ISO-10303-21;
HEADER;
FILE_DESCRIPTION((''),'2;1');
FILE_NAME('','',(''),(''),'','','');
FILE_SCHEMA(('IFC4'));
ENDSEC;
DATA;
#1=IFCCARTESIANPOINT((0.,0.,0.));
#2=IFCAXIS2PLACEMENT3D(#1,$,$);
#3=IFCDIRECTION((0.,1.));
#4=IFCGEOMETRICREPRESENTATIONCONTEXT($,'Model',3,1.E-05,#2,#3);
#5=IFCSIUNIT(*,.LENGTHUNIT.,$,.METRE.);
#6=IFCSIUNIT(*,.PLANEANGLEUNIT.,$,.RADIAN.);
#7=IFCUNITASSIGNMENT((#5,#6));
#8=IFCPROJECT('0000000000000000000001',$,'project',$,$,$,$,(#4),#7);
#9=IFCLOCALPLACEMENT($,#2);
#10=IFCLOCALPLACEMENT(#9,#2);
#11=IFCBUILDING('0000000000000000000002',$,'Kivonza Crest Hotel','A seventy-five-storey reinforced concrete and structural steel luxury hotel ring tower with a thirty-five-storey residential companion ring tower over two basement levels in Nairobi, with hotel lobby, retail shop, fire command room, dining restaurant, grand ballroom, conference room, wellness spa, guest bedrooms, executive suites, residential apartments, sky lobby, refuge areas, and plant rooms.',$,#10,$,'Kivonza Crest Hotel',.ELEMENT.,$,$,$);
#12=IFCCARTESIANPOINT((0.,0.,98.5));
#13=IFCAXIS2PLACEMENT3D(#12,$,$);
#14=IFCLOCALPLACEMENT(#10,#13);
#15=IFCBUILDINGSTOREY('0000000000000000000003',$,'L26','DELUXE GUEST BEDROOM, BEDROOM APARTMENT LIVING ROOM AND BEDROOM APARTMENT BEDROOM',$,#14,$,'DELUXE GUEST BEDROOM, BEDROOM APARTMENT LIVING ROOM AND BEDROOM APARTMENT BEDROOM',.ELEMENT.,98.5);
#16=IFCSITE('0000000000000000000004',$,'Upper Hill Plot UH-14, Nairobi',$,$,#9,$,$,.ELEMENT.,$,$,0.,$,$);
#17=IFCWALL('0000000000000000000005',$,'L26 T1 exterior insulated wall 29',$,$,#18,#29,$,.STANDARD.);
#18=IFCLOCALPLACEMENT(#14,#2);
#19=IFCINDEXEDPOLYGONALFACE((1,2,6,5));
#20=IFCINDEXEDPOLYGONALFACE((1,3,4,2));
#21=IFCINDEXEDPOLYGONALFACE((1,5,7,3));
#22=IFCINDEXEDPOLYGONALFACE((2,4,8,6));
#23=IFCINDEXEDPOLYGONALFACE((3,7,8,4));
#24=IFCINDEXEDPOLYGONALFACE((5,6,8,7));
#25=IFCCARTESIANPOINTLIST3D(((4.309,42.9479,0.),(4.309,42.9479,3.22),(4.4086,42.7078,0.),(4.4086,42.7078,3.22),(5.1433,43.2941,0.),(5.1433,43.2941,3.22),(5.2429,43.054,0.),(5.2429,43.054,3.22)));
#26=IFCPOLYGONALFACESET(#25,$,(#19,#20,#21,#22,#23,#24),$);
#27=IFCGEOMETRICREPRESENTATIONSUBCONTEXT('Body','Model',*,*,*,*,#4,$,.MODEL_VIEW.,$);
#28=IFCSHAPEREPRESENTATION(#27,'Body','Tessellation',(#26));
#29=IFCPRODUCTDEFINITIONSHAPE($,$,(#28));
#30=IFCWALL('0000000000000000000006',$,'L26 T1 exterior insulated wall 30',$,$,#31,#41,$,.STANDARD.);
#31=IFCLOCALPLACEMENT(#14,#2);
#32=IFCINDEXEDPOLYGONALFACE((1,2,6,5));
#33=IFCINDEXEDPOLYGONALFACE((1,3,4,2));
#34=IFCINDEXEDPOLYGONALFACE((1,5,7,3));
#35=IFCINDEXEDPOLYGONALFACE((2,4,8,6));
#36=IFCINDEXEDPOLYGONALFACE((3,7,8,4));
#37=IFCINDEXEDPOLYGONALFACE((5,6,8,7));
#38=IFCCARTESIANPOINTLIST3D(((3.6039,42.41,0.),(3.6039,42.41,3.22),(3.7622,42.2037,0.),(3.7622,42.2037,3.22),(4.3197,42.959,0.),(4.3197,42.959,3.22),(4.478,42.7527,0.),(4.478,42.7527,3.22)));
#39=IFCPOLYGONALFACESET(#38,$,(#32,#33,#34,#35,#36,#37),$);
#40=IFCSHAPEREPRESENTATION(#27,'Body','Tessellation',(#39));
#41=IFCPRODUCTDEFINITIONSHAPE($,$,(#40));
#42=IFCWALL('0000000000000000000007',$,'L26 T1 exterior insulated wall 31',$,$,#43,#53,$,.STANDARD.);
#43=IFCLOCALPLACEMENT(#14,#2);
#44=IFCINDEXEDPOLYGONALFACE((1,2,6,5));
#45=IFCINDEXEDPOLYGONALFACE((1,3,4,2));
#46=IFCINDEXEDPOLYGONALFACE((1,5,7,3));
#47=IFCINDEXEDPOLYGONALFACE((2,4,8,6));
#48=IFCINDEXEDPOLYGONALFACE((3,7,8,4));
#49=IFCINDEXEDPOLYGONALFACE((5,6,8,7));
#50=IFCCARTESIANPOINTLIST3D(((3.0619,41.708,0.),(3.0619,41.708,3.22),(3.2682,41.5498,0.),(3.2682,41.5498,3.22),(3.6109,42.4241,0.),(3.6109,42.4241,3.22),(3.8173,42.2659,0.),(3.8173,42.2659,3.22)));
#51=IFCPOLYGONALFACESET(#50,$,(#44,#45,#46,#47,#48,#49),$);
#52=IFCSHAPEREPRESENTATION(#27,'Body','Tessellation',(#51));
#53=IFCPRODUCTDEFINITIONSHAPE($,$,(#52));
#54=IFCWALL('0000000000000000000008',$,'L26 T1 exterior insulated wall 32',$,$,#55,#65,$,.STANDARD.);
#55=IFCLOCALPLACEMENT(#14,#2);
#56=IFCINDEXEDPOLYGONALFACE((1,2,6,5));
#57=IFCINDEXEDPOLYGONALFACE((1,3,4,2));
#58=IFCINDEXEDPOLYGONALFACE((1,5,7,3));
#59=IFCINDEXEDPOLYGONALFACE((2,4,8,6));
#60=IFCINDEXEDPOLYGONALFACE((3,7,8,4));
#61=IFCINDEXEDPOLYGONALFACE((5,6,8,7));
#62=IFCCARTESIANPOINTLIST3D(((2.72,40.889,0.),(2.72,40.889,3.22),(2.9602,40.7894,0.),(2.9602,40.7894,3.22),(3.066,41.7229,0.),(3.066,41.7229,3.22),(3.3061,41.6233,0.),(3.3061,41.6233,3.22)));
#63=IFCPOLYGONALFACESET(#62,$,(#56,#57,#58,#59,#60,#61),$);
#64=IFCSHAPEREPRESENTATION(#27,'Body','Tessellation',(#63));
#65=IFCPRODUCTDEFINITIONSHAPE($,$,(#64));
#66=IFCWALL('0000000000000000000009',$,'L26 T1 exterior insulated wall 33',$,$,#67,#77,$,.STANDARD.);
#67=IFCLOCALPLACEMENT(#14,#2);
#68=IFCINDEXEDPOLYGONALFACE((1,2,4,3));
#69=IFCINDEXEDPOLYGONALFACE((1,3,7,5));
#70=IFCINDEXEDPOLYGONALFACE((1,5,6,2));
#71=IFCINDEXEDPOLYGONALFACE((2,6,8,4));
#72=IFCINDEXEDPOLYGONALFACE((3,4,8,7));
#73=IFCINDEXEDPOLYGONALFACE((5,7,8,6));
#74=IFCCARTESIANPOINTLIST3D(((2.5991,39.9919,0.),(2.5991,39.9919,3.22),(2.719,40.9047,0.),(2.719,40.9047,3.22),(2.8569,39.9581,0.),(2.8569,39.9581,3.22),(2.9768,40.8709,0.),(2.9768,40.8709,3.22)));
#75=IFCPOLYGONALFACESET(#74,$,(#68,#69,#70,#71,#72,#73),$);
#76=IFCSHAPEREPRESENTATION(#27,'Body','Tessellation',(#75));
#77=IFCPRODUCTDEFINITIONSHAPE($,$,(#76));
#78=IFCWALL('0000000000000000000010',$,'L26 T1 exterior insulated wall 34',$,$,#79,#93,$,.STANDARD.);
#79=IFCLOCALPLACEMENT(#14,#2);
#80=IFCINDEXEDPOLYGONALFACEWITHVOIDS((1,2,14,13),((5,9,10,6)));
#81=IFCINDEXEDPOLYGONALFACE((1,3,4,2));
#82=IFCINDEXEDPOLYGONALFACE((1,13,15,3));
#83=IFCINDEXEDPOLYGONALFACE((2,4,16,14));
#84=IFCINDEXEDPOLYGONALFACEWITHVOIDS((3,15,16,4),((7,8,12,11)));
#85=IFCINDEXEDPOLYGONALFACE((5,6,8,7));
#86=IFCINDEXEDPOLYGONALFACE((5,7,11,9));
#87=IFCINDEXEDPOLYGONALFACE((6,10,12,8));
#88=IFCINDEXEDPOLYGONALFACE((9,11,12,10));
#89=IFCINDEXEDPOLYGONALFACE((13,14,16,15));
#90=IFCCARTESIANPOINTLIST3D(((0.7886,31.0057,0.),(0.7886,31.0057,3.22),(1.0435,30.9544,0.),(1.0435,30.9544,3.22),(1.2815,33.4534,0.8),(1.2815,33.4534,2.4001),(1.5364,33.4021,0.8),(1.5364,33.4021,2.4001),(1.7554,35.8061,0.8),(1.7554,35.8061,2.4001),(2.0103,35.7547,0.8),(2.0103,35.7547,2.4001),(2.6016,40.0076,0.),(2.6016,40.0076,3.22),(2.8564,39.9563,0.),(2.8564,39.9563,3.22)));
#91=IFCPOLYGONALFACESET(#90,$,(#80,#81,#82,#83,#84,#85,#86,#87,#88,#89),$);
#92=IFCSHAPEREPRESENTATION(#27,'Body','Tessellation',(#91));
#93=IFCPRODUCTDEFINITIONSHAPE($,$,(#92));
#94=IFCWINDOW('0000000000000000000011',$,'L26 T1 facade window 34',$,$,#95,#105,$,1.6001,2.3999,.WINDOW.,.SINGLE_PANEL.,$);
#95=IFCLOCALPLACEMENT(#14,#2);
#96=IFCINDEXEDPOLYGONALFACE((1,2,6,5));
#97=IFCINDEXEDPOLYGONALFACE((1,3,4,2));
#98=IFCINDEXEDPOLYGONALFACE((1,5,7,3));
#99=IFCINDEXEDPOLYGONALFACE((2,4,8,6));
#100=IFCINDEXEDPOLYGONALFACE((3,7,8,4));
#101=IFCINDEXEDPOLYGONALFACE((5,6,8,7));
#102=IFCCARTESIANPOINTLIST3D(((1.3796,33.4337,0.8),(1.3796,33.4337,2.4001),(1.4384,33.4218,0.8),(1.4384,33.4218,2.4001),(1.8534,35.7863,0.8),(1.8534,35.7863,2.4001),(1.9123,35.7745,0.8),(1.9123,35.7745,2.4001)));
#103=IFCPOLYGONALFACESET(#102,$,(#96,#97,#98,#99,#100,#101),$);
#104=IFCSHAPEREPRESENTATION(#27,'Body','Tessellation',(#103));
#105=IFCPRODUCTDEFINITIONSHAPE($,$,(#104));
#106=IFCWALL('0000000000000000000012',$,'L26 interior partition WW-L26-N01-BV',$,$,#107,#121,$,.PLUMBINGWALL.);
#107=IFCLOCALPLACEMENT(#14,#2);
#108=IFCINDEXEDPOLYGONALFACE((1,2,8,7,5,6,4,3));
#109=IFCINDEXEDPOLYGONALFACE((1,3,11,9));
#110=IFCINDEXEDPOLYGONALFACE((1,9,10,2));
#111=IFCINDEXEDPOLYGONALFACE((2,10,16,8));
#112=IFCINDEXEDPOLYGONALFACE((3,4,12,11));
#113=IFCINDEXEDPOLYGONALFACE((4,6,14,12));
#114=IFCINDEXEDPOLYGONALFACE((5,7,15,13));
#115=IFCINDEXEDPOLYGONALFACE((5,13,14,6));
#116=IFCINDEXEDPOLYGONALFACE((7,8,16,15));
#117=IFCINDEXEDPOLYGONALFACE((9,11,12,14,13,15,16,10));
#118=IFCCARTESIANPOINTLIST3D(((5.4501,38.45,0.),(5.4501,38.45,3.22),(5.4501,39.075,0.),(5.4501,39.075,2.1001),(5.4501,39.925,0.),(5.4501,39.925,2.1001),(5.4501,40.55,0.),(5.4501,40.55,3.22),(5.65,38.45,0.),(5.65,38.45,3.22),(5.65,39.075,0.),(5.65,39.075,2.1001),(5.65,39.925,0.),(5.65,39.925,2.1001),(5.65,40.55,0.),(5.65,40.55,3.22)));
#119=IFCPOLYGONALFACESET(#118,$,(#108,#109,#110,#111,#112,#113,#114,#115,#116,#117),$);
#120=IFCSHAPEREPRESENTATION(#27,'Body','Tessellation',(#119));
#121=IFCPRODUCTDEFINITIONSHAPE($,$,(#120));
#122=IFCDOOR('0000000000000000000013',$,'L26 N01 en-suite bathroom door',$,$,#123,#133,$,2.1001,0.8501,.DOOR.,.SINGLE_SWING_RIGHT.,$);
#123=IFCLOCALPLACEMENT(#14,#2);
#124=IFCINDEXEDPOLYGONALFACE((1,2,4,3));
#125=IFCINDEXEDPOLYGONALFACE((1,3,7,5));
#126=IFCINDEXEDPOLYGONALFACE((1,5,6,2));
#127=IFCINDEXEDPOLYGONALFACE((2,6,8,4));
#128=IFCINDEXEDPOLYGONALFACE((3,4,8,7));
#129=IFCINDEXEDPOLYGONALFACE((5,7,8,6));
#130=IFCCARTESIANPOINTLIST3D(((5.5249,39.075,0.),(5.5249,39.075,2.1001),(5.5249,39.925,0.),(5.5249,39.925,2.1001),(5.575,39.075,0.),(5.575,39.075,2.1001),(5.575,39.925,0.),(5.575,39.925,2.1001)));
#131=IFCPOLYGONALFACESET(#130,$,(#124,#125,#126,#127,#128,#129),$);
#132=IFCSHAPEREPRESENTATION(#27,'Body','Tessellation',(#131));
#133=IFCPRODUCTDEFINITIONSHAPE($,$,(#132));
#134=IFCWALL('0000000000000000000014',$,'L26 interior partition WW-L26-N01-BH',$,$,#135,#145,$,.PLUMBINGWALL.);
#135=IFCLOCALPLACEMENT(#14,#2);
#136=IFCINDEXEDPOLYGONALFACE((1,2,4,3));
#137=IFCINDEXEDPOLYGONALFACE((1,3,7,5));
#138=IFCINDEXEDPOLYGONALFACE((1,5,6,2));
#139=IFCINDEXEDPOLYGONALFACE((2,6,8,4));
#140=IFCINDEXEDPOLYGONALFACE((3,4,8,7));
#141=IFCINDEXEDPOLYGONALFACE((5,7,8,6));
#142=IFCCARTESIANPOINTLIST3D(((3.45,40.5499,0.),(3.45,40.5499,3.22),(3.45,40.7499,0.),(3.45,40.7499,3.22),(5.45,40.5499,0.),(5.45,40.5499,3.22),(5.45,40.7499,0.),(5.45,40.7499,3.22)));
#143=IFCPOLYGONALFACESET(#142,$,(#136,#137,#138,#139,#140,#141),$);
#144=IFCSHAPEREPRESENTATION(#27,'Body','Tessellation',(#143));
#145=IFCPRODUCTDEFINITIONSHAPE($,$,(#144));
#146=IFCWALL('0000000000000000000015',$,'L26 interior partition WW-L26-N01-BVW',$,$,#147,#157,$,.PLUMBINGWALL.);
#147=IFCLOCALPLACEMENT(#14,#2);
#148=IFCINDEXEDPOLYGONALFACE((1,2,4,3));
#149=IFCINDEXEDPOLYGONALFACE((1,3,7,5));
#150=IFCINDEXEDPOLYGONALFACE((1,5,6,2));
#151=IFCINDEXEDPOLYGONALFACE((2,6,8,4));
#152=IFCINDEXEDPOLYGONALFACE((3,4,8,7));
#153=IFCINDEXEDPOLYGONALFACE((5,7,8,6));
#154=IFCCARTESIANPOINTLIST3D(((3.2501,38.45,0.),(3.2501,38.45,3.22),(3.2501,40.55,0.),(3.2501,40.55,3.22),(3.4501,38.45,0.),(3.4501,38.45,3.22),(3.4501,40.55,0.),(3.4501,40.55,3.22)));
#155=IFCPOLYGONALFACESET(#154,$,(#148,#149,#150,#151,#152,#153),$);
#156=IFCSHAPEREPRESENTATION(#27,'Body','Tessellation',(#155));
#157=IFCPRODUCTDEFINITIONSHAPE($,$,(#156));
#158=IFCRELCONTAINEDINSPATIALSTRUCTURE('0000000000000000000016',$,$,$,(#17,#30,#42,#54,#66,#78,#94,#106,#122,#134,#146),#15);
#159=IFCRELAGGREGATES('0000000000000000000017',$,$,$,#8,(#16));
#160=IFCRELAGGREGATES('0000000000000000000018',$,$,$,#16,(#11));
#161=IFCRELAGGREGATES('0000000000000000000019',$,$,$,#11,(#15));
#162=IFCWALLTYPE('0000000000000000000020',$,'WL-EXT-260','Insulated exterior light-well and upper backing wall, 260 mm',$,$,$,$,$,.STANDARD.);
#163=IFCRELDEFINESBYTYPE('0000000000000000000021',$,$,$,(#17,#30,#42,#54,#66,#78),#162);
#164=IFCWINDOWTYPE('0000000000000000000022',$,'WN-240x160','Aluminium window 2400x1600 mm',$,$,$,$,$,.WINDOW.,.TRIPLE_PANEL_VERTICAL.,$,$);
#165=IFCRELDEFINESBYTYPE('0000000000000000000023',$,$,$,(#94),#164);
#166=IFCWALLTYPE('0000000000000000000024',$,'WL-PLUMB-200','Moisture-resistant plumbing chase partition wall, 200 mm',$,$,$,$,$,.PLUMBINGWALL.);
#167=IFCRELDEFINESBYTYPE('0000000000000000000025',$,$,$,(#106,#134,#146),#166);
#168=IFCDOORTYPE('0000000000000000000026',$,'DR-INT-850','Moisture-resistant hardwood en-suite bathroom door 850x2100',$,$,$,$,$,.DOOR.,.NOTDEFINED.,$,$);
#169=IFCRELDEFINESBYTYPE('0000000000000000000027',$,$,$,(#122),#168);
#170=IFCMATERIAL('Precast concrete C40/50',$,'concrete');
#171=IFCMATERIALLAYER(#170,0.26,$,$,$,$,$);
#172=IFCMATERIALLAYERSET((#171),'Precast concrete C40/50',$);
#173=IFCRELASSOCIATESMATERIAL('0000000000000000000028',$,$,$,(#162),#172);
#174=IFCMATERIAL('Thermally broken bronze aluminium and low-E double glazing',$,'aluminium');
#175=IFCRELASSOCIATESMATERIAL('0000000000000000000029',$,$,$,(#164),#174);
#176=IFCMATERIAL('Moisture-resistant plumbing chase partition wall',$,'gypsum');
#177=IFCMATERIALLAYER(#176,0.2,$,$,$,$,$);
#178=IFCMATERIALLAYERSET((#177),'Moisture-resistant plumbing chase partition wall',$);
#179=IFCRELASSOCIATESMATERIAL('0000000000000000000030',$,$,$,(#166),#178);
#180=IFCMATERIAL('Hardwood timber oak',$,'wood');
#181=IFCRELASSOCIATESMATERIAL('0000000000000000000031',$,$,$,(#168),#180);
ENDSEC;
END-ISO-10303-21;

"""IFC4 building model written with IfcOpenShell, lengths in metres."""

from ifc_helpers import new_model, si_unit, direction, frame, frame_2d, origin, place, context, subcontext, project, spatial, rectangle, extrude, material, layer, layer_set, type_object, element, fill, save


model = new_model("IFC4")

# Units and contexts
model_context = context("Model", 3, precision=1e-05, world=origin(), true_north=direction((0.0, 1.0)))
body_context = subcontext(model_context, "Body", "Model", "MODEL_VIEW")
ifc_project = project(units=[si_unit("LENGTHUNIT", "METRE"), si_unit("PLANEANGLEUNIT", "RADIAN")], contexts=[model_context])

# Site, building, storey
site_placement = place(None, origin())
site = spatial("IfcSite", under=ifc_project, at=site_placement, Name="Upper Hill Plot UH-14, Nairobi", CompositionType="ELEMENT", RefElevation=0.0)
building_placement = place(site_placement, origin())
building = spatial("IfcBuilding", under=site, at=building_placement, Name="Kivonza Crest Hotel", Description="A seventy-five-storey reinforced concrete and structural steel luxury hotel ring tower with a thirty-five-storey residential companion ring tower over two basement levels in Nairobi, with hotel lobby, retail shop, fire command room, dining restaurant, grand ballroom, conference room, wellness spa, guest bedrooms, executive suites, residential apartments, sky lobby, refuge areas, and plant rooms.", LongName="Kivonza Crest Hotel", CompositionType="ELEMENT")
storey_placement = place(building_placement, frame((0.0, 0.0, 98.5)))
storey = spatial("IfcBuildingStorey", under=building, at=storey_placement, Name="L26", Description="DELUXE GUEST BEDROOM, BEDROOM APARTMENT LIVING ROOM AND BEDROOM APARTMENT BEDROOM", LongName="DELUXE GUEST BEDROOM, BEDROOM APARTMENT LIVING ROOM AND BEDROOM APARTMENT BEDROOM", CompositionType="ELEMENT", Elevation=98.5)

# Shared definitions
ifc_material_1 = material(Name="Hardwood timber oak", Category="wood")

# Walls
ifc_material_2 = material(Name="Precast concrete C40/50", Category="concrete")
ifc_layer_1 = layer(ifc_material_2, 0.26)
ifc_layer_set_1 = layer_set([ifc_layer_1], Name="Precast concrete C40/50")
wall_type_1 = type_object("IfcWallType", Name="WL-EXT-260", Description="Insulated exterior light-well and upper backing wall, 260 mm", PredefinedType="STANDARD", material=ifc_layer_set_1)
wall_1_placement = place(storey_placement, frame((5.1931, 43.1741, 0.0), z_axis=(0.0, 0.0, 1.0), x_axis=(-0.923628, -0.383291, 0.0)))
element("IfcWall", 1, at=wall_1_placement, inside=storey, type_object=wall_type_1, Name="L26 T1 exterior insulated wall 29", PredefinedType="STANDARD", context=body_context, shape_type="SweptSolid", body=[
    extrude(rectangle(XDim=0.9033, YDim=0.26, at=frame_2d((0.4517, 0.0))), origin(), (0.0, 0.0, 1.0), 3.22),
])
wall_2_placement = place(storey_placement, frame((4.3989, 42.856, 0.0), z_axis=(0.0, 0.0, 1.0), x_axis=(-0.793458, -0.608625, 0.0)))
element("IfcWall", 2, at=wall_2_placement, inside=storey, type_object=wall_type_1, Name="L26 T1 exterior insulated wall 30", PredefinedType="STANDARD", context=body_context, shape_type="SweptSolid", body=[
    extrude(rectangle(XDim=0.9021, YDim=0.26, at=frame_2d((0.4512, 0.0))), origin(), (0.0, 0.0, 1.0), 3.22),
])
wall_3_placement = place(storey_placement, frame((3.7141, 42.345, 0.0), z_axis=(0.0, 0.0, 1.0), x_axis=(-0.608494, -0.793558, 0.0)))
element("IfcWall", 3, at=wall_3_placement, inside=storey, type_object=wall_type_1, Name="L26 T1 exterior insulated wall 31", PredefinedType="STANDARD", context=body_context, shape_type="SweptSolid", body=[
    extrude(rectangle(XDim=0.9023, YDim=0.26, at=frame_2d((0.4512, 0.0))), origin(), (0.0, 0.0, 1.0), 3.22),
])
wall_4_placement = place(storey_placement, frame((3.186, 41.6731, 0.0), z_axis=(0.0, 0.0, 1.0), x_axis=(-0.383156, -0.923684, 0.0)))
element("IfcWall", 4, at=wall_4_placement, inside=storey, type_object=wall_type_1, Name="L26 T1 exterior insulated wall 32", PredefinedType="STANDARD", context=body_context, shape_type="SweptSolid", body=[
    extrude(rectangle(XDim=0.9028, YDim=0.26, at=frame_2d((0.4514, 0.0))), origin(), (0.0, 0.0, 1.0), 3.22),
])
wall_5_placement = place(storey_placement, frame((2.8479, 40.8879, 0.0), z_axis=(0.0, 0.0, 1.0), x_axis=(-0.130201, -0.991488, 0.0)))
element("IfcWall", 5, at=wall_5_placement, inside=storey, type_object=wall_type_1, Name="L26 T1 exterior insulated wall 33", PredefinedType="STANDARD", context=body_context, shape_type="SweptSolid", body=[
    extrude(rectangle(XDim=0.9207, YDim=0.26, at=frame_2d((0.4604, 0.0))), origin(), (0.0, 0.0, 1.0), 3.22),
])

# Wall, opening, window
wall_6_placement = place(storey_placement, frame((2.729, 39.9819, 0.0), z_axis=(0.0, 0.0, 1.0), x_axis=(-0.197435, -0.980316, 0.0)))
wall_6 = element("IfcWall", 6, at=wall_6_placement, inside=storey, type_object=wall_type_1, Name="L26 T1 exterior insulated wall 34", PredefinedType="STANDARD", context=body_context, shape_type="SweptSolid", body=[
    extrude(rectangle(XDim=9.1826, YDim=0.26, at=frame_2d((4.5913, 0.0))), origin(), (0.0, 0.0, 1.0), 3.22),
])
opening_1_placement = place(wall_6_placement, frame((4.2859, 0.0, 0.8)))
opening_1 = element("IfcOpeningElement", 7, at=opening_1_placement, cuts=wall_6, PredefinedType="OPENING", context=body_context, shape_type="SweptSolid", body=[
    extrude(rectangle(XDim=2.3999, YDim=1.6001, at=frame_2d((1.2, 0.8))), frame((0.0, 0.1401, 0.0), z_axis=(0.0, -1.0, 0.0), x_axis=(1.0, 0.0, 0.0)), (0.0, 0.0, 1.0), 0.28),
])
ifc_material_3 = material(Name="Thermally broken bronze aluminium and low-E double glazing", Category="aluminium")
window_type = type_object("IfcWindowType", Name="WN-240x160", Description="Aluminium window 2400x1600 mm", PartitioningType="TRIPLE_PANEL_VERTICAL", PredefinedType="WINDOW", material=ifc_material_3)
window_placement = place(opening_1_placement, origin())
window = element("IfcWindow", 8, at=window_placement, inside=storey, type_object=window_type, Name="L26 T1 facade window 34", OverallHeight=1.6001, OverallWidth=2.3999, PartitioningType="SINGLE_PANEL", PredefinedType="WINDOW", context=body_context, shape_type="SweptSolid", body=[
    extrude(rectangle(XDim=2.3999, YDim=1.6001, at=frame_2d((1.2, 0.8))), frame((0.0, 0.03, 0.0), z_axis=(0.0, -1.0, 0.0), x_axis=(1.0, 0.0, 0.0)), (0.0, 0.0, 1.0), 0.0601),
])
fill(opening_1, window)

# Wall, opening, door
ifc_material_4 = material(Name="Moisture-resistant plumbing chase partition wall", Category="gypsum")
ifc_layer_2 = layer(ifc_material_4, 0.2)
ifc_layer_set_2 = layer_set([ifc_layer_2], Name="Moisture-resistant plumbing chase partition wall")
wall_type_2 = type_object("IfcWallType", Name="WL-PLUMB-200", Description="Moisture-resistant plumbing chase partition wall, 200 mm", PredefinedType="PLUMBINGWALL", material=ifc_layer_set_2)
wall_7_placement = place(storey_placement, frame((5.55, 38.45, 0.0), z_axis=(0.0, 0.0, 1.0), x_axis=(0.0, 1.0, 0.0)))
wall_7 = element("IfcWall", 9, at=wall_7_placement, inside=storey, type_object=wall_type_2, Name="L26 interior partition WW-L26-N01-BV", PredefinedType="PLUMBINGWALL", context=body_context, shape_type="SweptSolid", body=[
    extrude(rectangle(XDim=2.1001, YDim=0.2, at=frame_2d((1.05, 0.0))), origin(), (0.0, 0.0, 1.0), 3.22),
])
opening_2_placement = place(wall_7_placement, frame((0.625, 0.0, 0.0)))
opening_2 = element("IfcOpeningElement", 10, at=opening_2_placement, cuts=wall_7, PredefinedType="OPENING", context=body_context, shape_type="SweptSolid", body=[
    extrude(rectangle(XDim=0.8501, YDim=2.1001, at=frame_2d((0.425, 1.05))), frame((0.0, 0.1099, 0.0), z_axis=(0.0, -1.0, 0.0), x_axis=(1.0, 0.0, 0.0)), (0.0, 0.0, 1.0), 0.22),
])
door_type_1 = type_object("IfcDoorType", Name="DR-INT-850", Description="Moisture-resistant hardwood en-suite bathroom door 850x2100", OperationType="NOTDEFINED", PredefinedType="DOOR", material=ifc_material_1)
door_1_placement = place(opening_2_placement, frame((0.8501, 0.0, 0.0), z_axis=(0.0, 0.0, 1.0), x_axis=(-1.0, 0.0, 0.0)))
door_1 = element("IfcDoor", 11, at=door_1_placement, inside=storey, type_object=door_type_1, Name="L26 N01 en-suite bathroom door", OperationType="SINGLE_SWING_RIGHT", OverallHeight=2.1001, OverallWidth=0.8501, PredefinedType="DOOR", context=body_context, shape_type="SweptSolid", body=[
    extrude(rectangle(XDim=0.8501, YDim=2.1001, at=frame_2d((0.425, 1.05))), frame((0.0, 0.0249, 0.0), z_axis=(0.0, -1.0, 0.0), x_axis=(1.0, 0.0, 0.0)), (0.0, 0.0, 1.0), 0.05),
])
fill(opening_2, door_1)

# Walls
wall_8_placement = place(storey_placement, frame((3.45, 40.6499, 0.0), z_axis=(0.0, 0.0, 1.0), x_axis=(1.0, 0.0, 0.0)))
element("IfcWall", 12, at=wall_8_placement, inside=storey, type_object=wall_type_2, Name="L26 interior partition WW-L26-N01-BH", PredefinedType="PLUMBINGWALL", context=body_context, shape_type="SweptSolid", body=[
    extrude(rectangle(XDim=2.0, YDim=0.2, at=frame_2d((1.0, 0.0))), origin(), (0.0, 0.0, 1.0), 3.22),
])
wall_9_placement = place(storey_placement, frame((3.3501, 38.45, 0.0), z_axis=(0.0, 0.0, 1.0), x_axis=(0.0, 1.0, 0.0)))
element("IfcWall", 13, at=wall_9_placement, inside=storey, type_object=wall_type_2, Name="L26 interior partition WW-L26-N01-BVW", PredefinedType="PLUMBINGWALL", context=body_context, shape_type="SweptSolid", body=[
    extrude(rectangle(XDim=2.1001, YDim=0.2, at=frame_2d((1.05, 0.0))), origin(), (0.0, 0.0, 1.0), 3.22),
])

save(model, "model.ifc")
